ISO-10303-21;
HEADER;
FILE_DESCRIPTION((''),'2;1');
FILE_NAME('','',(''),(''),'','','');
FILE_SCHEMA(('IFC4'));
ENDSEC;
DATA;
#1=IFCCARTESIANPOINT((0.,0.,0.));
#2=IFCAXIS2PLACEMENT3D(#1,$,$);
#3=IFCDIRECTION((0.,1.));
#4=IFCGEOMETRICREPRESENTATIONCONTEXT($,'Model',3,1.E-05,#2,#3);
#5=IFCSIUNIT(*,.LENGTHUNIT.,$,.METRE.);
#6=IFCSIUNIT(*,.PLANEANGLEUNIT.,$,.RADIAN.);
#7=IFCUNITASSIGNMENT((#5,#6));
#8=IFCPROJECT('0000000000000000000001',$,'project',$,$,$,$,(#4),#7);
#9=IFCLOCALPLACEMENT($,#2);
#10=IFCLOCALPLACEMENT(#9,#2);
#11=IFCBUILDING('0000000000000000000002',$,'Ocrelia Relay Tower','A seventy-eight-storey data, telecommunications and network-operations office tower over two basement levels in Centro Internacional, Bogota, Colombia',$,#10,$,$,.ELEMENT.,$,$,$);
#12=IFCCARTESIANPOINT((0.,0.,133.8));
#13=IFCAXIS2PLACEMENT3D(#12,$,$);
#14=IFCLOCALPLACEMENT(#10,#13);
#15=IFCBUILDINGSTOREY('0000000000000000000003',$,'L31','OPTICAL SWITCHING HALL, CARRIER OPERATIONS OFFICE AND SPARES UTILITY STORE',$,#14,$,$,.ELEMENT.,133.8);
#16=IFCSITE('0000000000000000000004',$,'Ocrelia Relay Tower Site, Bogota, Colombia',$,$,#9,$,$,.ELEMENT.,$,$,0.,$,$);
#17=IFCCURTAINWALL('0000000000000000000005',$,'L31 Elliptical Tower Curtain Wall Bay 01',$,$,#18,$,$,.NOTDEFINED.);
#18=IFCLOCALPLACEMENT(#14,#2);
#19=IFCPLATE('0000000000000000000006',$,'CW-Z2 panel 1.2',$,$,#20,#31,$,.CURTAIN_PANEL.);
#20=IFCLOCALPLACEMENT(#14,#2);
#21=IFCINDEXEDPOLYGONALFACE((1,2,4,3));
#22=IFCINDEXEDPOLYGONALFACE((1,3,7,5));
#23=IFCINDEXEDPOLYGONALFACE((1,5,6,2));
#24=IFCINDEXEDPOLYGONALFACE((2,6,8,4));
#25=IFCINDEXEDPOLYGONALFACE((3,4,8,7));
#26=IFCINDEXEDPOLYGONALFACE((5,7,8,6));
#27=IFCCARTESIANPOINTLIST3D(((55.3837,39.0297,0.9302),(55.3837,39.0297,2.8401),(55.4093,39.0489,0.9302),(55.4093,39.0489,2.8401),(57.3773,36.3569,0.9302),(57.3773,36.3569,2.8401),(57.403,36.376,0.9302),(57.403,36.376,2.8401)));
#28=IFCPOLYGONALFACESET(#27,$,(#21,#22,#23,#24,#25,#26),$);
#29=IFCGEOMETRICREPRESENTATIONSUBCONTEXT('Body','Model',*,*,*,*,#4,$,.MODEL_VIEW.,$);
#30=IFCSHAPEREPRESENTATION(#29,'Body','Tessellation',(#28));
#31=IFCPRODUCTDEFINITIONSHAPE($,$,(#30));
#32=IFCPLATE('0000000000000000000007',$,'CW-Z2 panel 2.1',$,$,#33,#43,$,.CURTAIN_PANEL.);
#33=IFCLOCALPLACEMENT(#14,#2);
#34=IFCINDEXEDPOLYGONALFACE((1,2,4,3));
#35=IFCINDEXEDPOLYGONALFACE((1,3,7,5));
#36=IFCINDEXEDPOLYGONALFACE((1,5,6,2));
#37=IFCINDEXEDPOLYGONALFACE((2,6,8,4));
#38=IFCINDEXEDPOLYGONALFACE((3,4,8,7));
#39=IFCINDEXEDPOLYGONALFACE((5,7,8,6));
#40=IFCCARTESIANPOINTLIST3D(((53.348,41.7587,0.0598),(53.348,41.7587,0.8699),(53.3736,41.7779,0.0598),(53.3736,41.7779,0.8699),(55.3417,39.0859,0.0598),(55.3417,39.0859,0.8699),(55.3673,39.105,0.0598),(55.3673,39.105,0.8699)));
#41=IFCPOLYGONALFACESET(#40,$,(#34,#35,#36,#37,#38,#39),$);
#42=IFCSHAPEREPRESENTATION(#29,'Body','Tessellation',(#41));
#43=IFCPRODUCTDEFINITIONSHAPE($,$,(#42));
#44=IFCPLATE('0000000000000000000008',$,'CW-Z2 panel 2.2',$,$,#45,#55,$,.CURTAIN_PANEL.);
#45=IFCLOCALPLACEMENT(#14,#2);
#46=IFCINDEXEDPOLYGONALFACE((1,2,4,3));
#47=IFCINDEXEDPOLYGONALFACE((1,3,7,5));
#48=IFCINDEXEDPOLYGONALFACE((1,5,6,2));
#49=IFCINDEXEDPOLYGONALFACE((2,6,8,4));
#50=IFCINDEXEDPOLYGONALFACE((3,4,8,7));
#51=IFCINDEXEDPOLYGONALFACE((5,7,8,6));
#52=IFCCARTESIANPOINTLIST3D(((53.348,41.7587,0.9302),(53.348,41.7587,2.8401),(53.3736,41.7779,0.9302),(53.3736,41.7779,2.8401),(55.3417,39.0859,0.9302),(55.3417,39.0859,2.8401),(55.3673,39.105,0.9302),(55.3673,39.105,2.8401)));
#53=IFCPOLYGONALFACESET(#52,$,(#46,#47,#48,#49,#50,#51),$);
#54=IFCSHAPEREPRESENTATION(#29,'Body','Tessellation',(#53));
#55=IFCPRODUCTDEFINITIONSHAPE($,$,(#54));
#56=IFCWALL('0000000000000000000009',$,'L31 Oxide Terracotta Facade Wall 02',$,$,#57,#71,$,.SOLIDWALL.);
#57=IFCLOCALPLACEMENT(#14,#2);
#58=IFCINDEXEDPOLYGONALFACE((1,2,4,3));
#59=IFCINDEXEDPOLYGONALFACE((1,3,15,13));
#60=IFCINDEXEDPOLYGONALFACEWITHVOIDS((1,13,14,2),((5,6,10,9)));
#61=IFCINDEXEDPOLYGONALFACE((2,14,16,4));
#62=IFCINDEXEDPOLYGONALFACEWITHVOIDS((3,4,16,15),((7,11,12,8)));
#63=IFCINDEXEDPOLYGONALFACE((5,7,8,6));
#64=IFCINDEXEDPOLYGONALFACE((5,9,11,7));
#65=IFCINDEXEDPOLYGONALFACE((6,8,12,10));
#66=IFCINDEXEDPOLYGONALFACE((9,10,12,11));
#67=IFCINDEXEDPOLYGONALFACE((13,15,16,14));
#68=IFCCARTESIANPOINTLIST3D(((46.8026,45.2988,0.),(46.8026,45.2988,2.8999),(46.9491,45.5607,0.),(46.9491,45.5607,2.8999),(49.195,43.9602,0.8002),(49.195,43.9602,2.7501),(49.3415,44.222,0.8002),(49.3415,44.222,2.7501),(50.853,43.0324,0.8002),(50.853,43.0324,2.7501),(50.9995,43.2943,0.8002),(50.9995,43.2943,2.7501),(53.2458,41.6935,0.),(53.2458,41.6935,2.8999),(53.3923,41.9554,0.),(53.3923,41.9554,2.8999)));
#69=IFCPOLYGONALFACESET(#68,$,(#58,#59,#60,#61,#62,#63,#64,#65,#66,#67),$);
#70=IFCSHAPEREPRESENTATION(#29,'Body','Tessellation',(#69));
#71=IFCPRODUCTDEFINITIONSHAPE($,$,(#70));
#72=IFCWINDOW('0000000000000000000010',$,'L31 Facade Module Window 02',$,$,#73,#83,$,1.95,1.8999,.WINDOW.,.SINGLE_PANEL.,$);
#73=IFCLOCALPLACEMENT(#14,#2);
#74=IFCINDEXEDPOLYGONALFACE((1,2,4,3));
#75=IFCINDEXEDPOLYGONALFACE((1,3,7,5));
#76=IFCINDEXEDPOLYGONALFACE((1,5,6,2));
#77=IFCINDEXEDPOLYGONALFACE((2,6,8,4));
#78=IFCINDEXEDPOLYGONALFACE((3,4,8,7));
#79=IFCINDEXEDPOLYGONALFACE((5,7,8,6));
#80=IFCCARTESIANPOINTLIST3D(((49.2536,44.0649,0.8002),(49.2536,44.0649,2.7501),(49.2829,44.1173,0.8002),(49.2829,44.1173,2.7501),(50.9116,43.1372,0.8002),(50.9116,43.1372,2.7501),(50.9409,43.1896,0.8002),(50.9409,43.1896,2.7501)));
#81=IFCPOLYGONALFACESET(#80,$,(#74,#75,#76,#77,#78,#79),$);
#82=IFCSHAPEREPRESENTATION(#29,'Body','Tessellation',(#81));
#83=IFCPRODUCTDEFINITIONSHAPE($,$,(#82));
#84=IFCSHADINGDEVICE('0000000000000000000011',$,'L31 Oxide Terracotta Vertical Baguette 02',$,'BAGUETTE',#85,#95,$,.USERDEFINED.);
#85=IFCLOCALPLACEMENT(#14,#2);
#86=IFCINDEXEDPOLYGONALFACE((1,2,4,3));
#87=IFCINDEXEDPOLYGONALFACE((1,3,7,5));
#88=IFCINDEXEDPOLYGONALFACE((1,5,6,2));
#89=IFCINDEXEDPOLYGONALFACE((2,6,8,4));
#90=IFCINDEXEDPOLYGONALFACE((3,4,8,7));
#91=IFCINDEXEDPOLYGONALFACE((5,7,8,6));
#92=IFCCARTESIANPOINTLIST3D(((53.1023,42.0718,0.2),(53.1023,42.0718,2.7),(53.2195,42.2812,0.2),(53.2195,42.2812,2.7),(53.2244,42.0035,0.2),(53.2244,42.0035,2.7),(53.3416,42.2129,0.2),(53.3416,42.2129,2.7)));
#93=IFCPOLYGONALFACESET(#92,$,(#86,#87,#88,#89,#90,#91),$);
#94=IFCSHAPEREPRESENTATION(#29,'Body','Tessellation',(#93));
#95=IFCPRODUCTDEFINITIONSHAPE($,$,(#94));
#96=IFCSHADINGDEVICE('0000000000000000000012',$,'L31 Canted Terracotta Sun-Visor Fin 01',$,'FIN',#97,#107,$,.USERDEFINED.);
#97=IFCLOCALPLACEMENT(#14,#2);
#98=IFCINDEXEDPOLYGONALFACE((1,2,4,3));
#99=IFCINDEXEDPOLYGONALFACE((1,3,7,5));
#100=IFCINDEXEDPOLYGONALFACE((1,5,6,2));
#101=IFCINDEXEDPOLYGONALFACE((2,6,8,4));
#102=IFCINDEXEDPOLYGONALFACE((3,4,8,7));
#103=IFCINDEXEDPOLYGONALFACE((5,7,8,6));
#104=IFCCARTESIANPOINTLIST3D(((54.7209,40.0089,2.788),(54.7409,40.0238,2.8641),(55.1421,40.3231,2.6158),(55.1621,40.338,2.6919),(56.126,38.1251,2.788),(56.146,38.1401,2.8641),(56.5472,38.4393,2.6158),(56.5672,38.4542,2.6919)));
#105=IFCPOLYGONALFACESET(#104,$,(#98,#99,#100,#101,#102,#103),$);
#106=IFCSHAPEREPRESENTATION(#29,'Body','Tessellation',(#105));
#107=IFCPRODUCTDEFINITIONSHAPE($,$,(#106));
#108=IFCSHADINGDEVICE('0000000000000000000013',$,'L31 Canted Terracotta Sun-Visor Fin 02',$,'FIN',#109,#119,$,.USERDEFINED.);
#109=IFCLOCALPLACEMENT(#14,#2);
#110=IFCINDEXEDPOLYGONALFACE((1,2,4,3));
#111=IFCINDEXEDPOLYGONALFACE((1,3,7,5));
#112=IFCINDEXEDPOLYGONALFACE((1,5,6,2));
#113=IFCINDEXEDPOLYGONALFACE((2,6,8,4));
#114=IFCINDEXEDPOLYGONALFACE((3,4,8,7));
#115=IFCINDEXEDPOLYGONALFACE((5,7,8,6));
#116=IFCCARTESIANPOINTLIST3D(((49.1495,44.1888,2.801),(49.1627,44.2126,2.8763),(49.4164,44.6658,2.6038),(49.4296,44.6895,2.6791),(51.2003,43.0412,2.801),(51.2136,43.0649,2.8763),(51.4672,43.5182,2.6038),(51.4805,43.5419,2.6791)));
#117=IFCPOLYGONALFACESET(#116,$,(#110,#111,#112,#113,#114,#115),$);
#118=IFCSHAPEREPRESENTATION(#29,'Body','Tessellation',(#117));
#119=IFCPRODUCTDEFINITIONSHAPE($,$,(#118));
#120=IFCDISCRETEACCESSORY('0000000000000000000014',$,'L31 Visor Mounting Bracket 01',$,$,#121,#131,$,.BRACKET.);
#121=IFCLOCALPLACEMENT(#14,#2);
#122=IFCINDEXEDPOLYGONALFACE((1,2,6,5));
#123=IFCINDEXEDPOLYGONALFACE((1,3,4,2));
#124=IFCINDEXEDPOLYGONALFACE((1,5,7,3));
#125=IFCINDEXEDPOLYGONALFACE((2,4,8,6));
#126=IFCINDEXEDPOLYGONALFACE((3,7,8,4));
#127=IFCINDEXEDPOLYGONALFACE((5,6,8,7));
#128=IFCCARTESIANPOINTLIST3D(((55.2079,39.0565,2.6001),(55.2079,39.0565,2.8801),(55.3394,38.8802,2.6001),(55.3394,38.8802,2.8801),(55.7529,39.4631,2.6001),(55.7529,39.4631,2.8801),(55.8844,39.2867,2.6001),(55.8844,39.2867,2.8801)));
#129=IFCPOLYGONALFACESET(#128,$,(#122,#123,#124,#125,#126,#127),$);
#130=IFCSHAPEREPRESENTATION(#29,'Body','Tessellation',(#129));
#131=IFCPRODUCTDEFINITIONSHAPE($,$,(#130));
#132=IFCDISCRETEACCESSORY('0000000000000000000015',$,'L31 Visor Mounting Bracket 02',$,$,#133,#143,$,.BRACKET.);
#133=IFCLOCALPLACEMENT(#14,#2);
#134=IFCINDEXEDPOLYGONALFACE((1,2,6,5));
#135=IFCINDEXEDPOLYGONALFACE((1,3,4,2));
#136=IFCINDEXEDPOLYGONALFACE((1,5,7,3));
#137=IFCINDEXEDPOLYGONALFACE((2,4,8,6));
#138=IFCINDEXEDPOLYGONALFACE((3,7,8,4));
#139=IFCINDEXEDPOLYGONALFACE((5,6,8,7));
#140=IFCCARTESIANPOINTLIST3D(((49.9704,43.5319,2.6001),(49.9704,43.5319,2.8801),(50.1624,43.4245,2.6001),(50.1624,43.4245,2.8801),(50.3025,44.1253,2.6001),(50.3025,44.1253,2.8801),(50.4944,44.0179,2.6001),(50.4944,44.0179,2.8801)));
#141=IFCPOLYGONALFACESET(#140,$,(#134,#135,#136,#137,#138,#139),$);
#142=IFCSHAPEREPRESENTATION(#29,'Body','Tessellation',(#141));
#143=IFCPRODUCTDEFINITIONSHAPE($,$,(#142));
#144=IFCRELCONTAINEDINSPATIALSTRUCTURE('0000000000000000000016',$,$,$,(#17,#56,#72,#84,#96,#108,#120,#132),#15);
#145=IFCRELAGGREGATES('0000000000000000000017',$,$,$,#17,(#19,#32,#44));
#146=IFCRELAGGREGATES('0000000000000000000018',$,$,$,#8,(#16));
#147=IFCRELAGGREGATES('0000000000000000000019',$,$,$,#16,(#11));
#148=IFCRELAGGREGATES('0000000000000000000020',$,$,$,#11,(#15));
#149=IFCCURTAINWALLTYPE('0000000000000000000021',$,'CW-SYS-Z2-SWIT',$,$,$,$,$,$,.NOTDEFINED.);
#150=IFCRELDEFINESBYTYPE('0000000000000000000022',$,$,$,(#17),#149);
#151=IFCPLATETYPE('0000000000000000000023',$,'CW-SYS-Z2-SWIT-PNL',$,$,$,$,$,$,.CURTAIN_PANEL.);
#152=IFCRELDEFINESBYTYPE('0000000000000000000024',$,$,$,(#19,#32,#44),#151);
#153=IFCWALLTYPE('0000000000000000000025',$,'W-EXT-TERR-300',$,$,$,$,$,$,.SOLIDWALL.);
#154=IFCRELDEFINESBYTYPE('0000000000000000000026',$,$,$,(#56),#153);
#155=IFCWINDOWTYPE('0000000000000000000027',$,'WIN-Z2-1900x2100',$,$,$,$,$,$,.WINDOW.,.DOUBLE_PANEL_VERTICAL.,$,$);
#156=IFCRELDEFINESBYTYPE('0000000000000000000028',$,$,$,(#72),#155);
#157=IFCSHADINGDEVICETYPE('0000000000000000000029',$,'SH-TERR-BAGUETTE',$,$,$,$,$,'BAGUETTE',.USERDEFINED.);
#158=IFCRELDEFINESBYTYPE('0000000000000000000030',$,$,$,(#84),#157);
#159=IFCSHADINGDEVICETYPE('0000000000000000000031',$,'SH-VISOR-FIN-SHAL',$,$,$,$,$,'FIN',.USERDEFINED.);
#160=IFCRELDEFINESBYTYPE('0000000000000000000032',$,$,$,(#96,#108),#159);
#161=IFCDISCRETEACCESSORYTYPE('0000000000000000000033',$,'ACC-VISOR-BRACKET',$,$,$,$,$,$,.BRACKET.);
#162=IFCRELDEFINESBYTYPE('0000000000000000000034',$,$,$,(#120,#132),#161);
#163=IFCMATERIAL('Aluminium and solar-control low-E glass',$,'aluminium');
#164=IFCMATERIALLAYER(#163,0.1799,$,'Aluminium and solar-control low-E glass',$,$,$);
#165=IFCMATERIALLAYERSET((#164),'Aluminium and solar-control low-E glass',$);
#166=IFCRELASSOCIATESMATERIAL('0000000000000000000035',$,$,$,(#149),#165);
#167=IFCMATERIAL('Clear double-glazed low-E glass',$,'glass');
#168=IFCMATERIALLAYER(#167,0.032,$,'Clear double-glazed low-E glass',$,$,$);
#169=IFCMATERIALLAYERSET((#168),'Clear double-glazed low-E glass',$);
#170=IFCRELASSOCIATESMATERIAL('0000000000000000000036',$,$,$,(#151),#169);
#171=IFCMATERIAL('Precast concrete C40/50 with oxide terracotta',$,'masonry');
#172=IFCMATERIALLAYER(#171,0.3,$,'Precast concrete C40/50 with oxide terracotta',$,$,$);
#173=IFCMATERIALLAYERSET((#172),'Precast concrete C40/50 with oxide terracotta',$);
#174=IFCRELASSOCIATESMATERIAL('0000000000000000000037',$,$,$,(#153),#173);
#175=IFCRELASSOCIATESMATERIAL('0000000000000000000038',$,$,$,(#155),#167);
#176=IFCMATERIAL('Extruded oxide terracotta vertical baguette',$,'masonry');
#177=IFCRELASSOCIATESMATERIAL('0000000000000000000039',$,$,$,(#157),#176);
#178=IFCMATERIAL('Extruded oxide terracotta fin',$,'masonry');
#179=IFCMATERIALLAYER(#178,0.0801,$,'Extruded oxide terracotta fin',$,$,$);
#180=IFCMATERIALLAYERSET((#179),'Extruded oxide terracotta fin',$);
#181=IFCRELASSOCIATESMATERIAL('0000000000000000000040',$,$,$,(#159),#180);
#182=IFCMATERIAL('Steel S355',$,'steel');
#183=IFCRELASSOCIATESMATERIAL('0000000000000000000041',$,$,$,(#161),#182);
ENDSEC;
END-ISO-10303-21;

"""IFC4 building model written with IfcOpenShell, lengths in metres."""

from ifc_helpers import new_model, si_unit, direction, frame, frame_2d, origin, origin_2d, place, context, subcontext, project, spatial, rectangle, extrude, material, layer, layer_set, type_object, element, fill, aggregate, save


model = new_model("IFC4")

# Units and contexts
model_context = context("Model", 3, precision=1e-05, world=origin(), true_north=direction((0.0, 1.0)))
body_context = subcontext(model_context, "Body", "Model", "MODEL_VIEW")
ifc_project = project(units=[si_unit("LENGTHUNIT", "METRE"), si_unit("PLANEANGLEUNIT", "RADIAN")], contexts=[model_context])

# Site, building, storey
site_placement = place(None, origin())
site = spatial("IfcSite", under=ifc_project, at=site_placement, Name="Ocrelia Relay Tower Site, Bogota, Colombia", CompositionType="ELEMENT", RefElevation=0.0)
building_placement = place(site_placement, origin())
building = spatial("IfcBuilding", under=site, at=building_placement, Name="Ocrelia Relay Tower", Description="A seventy-eight-storey data, telecommunications and network-operations office tower over two basement levels in Centro Internacional, Bogota, Colombia", CompositionType="ELEMENT")
storey_placement = place(building_placement, frame((0.0, 0.0, 133.8)))
storey = spatial("IfcBuildingStorey", under=building, at=storey_placement, Name="L31", Description="OPTICAL SWITCHING HALL, CARRIER OPERATIONS OFFICE AND SPARES UTILITY STORE", CompositionType="ELEMENT", Elevation=133.8)

# Curtain wall
ifc_material_1 = material(Name="Aluminium and solar-control low-E glass", Category="aluminium")
ifc_layer_1 = layer(ifc_material_1, 0.1799, Name="Aluminium and solar-control low-E glass")
ifc_layer_set_1 = layer_set([ifc_layer_1], Name="Aluminium and solar-control low-E glass")
curtain_wall_type = type_object("IfcCurtainWallType", Name="CW-SYS-Z2-SWIT", PredefinedType="NOTDEFINED", material=ifc_layer_set_1)
curtain_wall_1_placement = place(storey_placement, origin())
curtain_wall_1 = element("IfcCurtainWall", 1, at=curtain_wall_1_placement, inside=storey, type_object=curtain_wall_type, Name="L31 Elliptical Tower Curtain Wall Bay 01", PredefinedType="NOTDEFINED")

# Plates
ifc_material_2 = material(Name="Clear double-glazed low-E glass", Category="glass")
ifc_layer_2 = layer(ifc_material_2, 0.032, Name="Clear double-glazed low-E glass")
ifc_layer_set_2 = layer_set([ifc_layer_2], Name="Clear double-glazed low-E glass")
plate_type = type_object("IfcPlateType", Name="CW-SYS-Z2-SWIT-PNL", PredefinedType="CURTAIN_PANEL", material=ifc_layer_set_2)
plate_1_placement = place(storey_placement, frame((56.3933, 37.7029, 0.9302), z_axis=(0.0, 0.0, 1.0), x_axis=(-0.597898, 0.801572, 0.0)))
plate_1 = element("IfcPlate", 2, at=plate_1_placement, type_object=plate_type, Name="CW-Z2 panel 1.2", PredefinedType="CURTAIN_PANEL", context=body_context, shape_type="SweptSolid", body=[
    extrude(rectangle(XDim=3.3345, YDim=0.032, at=origin_2d()), origin(), (0.0, 0.0, 1.0), 1.9099),
])
plate_2_placement = place(storey_placement, frame((54.3577, 40.4319, 0.0598), z_axis=(0.0, 0.0, 1.0), x_axis=(-0.597898, 0.801572, 0.0)))
plate_2 = element("IfcPlate", 3, at=plate_2_placement, type_object=plate_type, Name="CW-Z2 panel 2.1", PredefinedType="CURTAIN_PANEL", context=body_context, shape_type="SweptSolid", body=[
    extrude(rectangle(XDim=3.3345, YDim=0.032, at=origin_2d()), origin(), (0.0, 0.0, 1.0), 0.8101),
])
plate_3_placement = place(storey_placement, frame((54.3577, 40.4319, 0.9302), z_axis=(0.0, 0.0, 1.0), x_axis=(-0.597898, 0.801572, 0.0)))
plate_3 = element("IfcPlate", 4, at=plate_3_placement, type_object=plate_type, Name="CW-Z2 panel 2.2", PredefinedType="CURTAIN_PANEL", context=body_context, shape_type="SweptSolid", body=[
    extrude(rectangle(XDim=3.3345, YDim=0.032, at=origin_2d()), origin(), (0.0, 0.0, 1.0), 1.9099),
])
aggregate(curtain_wall_1, [plate_1, plate_2, plate_3])

# Wall, opening, window
ifc_material_3 = material(Name="Precast concrete C40/50 with oxide terracotta", Category="masonry")
ifc_layer_3 = layer(ifc_material_3, 0.3, Name="Precast concrete C40/50 with oxide terracotta")
ifc_layer_set_3 = layer_set([ifc_layer_3], Name="Precast concrete C40/50 with oxide terracotta")
wall_type = type_object("IfcWallType", Name="W-EXT-TERR-300", PredefinedType="SOLIDWALL", material=ifc_layer_set_3)
wall_placement = place(storey_placement, frame((53.3191, 41.8245, 0.0), z_axis=(0.0, 0.0, 1.0), x_axis=(-0.872675, 0.488302, 0.0)))
wall = element("IfcWall", 5, at=wall_placement, inside=storey, type_object=wall_type, Name="L31 Oxide Terracotta Facade Wall 02", PredefinedType="SOLIDWALL", context=body_context, shape_type="SweptSolid", body=[
    extrude(rectangle(XDim=7.3833, YDim=0.3, at=frame_2d((3.6917, 0.0))), origin(), (0.0, 0.0, 1.0), 2.8999),
])
opening_placement = place(wall_placement, frame((2.7419, 0.0, 0.8)))
opening = element("IfcOpeningElement", 6, at=opening_placement, cuts=wall, PredefinedType="OPENING", context=body_context, shape_type="SweptSolid", body=[
    extrude(rectangle(XDim=1.8999, YDim=1.95, at=frame_2d((0.95, 0.9751))), frame((0.0, 0.1602, 0.0), z_axis=(0.0, -1.0, 0.0), x_axis=(1.0, 0.0, 0.0)), (0.0, 0.0, 1.0), 0.3201),
])
window_type = type_object("IfcWindowType", Name="WIN-Z2-1900x2100", PartitioningType="DOUBLE_PANEL_VERTICAL", PredefinedType="WINDOW", material=ifc_material_2)
window_placement = place(opening_placement, origin())
window = element("IfcWindow", 7, at=window_placement, inside=storey, type_object=window_type, Name="L31 Facade Module Window 02", OverallHeight=1.95, OverallWidth=1.8999, PartitioningType="SINGLE_PANEL", PredefinedType="WINDOW", context=body_context, shape_type="SweptSolid", body=[
    extrude(rectangle(XDim=1.8999, YDim=1.95, at=frame_2d((0.95, 0.9751))), frame((0.0, 0.03, 0.0), z_axis=(0.0, -1.0, 0.0), x_axis=(1.0, 0.0, 0.0)), (0.0, 0.0, 1.0), 0.0601),
])
fill(opening, window)

# Shading devices
ifc_material_4 = material(Name="Extruded oxide terracotta vertical baguette", Category="masonry")
shading_device_type_1 = type_object("IfcShadingDeviceType", Name="SH-TERR-BAGUETTE", ElementType="BAGUETTE", PredefinedType="USERDEFINED", material=ifc_material_4)
shading_device_1_placement = place(storey_placement, frame((53.2219, 42.1423, 0.2), z_axis=(0.0, 0.0, 1.0), x_axis=(-0.872664, 0.488321, 0.0)))
element("IfcShadingDevice", 8, at=shading_device_1_placement, inside=storey, type_object=shading_device_type_1, Name="L31 Oxide Terracotta Vertical Baguette 02", ObjectType="BAGUETTE", PredefinedType="USERDEFINED", context=body_context, shape_type="SweptSolid", body=[
    extrude(rectangle(XDim=0.1399, YDim=0.24, at=origin_2d()), origin(), (0.0, 0.0, 1.0), 2.5),
])
ifc_material_5 = material(Name="Extruded oxide terracotta fin", Category="masonry")
ifc_layer_4 = layer(ifc_material_5, 0.0801, Name="Extruded oxide terracotta fin")
ifc_layer_set_4 = layer_set([ifc_layer_4], Name="Extruded oxide terracotta fin")
shading_device_type_2 = type_object("IfcShadingDeviceType", Name="SH-VISOR-FIN-SHAL", ElementType="FIN", PredefinedType="USERDEFINED", material=ifc_layer_set_4)
shading_device_2_placement = place(storey_placement, frame((55.634, 39.2241, 2.7019), z_axis=(0.249694, 0.186249, 0.950244), x_axis=(-0.597898, 0.801572, 0.0)))
element("IfcShadingDevice", 9, at=shading_device_2_placement, inside=storey, type_object=shading_device_type_2, Name="L31 Canted Terracotta Sun-Visor Fin 01", ObjectType="FIN", PredefinedType="USERDEFINED", context=body_context, shape_type="SweptSolid", body=[
    extrude(rectangle(XDim=2.3501, YDim=0.553, at=origin_2d()), origin(), (0.0, 0.0, 1.0), 0.0801),
])
shading_device_3_placement = place(storey_placement, frame((50.3083, 43.8535, 2.7024), z_axis=(0.165734, 0.296178, 0.940644), x_axis=(-0.872664, 0.488321, 0.0)))
element("IfcShadingDevice", 10, at=shading_device_3_placement, inside=storey, type_object=shading_device_type_2, Name="L31 Canted Terracotta Sun-Visor Fin 02", ObjectType="FIN", PredefinedType="USERDEFINED", context=body_context, shape_type="SweptSolid", body=[
    extrude(rectangle(XDim=2.3501, YDim=0.5811, at=origin_2d()), origin(), (0.0, 0.0, 1.0), 0.0801),
])

# Discrete accessories
ifc_material_6 = material(Name="Steel S355", Category="steel")
discrete_accessory_type = type_object("IfcDiscreteAccessoryType", Name="ACC-VISOR-BRACKET", PredefinedType="BRACKET", material=ifc_material_6)
for number, where, z_axis, x_axis, name in (
    (11, (55.5461, 39.1716, 2.6001), (0.0, 0.0, 1.0), (-0.597898, 0.801572, 0.0), "L31 Visor Mounting Bracket 01"),
    (12, (50.2324, 43.7749, 2.6001), (0.0, 0.0, 1.0), (-0.872664, 0.488321, 0.0), "L31 Visor Mounting Bracket 02"),
):
    element("IfcDiscreteAccessory", number, at=place(storey_placement, frame(where, z_axis=z_axis, x_axis=x_axis)), inside=storey, type_object=discrete_accessory_type, Name=name, PredefinedType="BRACKET", context=body_context, shape_type="SweptSolid", body=[
        extrude(rectangle(XDim=0.22, YDim=0.6799, at=origin_2d()), origin(), (0.0, 0.0, 1.0), 0.28),
    ])

save(model, "model.ifc")
